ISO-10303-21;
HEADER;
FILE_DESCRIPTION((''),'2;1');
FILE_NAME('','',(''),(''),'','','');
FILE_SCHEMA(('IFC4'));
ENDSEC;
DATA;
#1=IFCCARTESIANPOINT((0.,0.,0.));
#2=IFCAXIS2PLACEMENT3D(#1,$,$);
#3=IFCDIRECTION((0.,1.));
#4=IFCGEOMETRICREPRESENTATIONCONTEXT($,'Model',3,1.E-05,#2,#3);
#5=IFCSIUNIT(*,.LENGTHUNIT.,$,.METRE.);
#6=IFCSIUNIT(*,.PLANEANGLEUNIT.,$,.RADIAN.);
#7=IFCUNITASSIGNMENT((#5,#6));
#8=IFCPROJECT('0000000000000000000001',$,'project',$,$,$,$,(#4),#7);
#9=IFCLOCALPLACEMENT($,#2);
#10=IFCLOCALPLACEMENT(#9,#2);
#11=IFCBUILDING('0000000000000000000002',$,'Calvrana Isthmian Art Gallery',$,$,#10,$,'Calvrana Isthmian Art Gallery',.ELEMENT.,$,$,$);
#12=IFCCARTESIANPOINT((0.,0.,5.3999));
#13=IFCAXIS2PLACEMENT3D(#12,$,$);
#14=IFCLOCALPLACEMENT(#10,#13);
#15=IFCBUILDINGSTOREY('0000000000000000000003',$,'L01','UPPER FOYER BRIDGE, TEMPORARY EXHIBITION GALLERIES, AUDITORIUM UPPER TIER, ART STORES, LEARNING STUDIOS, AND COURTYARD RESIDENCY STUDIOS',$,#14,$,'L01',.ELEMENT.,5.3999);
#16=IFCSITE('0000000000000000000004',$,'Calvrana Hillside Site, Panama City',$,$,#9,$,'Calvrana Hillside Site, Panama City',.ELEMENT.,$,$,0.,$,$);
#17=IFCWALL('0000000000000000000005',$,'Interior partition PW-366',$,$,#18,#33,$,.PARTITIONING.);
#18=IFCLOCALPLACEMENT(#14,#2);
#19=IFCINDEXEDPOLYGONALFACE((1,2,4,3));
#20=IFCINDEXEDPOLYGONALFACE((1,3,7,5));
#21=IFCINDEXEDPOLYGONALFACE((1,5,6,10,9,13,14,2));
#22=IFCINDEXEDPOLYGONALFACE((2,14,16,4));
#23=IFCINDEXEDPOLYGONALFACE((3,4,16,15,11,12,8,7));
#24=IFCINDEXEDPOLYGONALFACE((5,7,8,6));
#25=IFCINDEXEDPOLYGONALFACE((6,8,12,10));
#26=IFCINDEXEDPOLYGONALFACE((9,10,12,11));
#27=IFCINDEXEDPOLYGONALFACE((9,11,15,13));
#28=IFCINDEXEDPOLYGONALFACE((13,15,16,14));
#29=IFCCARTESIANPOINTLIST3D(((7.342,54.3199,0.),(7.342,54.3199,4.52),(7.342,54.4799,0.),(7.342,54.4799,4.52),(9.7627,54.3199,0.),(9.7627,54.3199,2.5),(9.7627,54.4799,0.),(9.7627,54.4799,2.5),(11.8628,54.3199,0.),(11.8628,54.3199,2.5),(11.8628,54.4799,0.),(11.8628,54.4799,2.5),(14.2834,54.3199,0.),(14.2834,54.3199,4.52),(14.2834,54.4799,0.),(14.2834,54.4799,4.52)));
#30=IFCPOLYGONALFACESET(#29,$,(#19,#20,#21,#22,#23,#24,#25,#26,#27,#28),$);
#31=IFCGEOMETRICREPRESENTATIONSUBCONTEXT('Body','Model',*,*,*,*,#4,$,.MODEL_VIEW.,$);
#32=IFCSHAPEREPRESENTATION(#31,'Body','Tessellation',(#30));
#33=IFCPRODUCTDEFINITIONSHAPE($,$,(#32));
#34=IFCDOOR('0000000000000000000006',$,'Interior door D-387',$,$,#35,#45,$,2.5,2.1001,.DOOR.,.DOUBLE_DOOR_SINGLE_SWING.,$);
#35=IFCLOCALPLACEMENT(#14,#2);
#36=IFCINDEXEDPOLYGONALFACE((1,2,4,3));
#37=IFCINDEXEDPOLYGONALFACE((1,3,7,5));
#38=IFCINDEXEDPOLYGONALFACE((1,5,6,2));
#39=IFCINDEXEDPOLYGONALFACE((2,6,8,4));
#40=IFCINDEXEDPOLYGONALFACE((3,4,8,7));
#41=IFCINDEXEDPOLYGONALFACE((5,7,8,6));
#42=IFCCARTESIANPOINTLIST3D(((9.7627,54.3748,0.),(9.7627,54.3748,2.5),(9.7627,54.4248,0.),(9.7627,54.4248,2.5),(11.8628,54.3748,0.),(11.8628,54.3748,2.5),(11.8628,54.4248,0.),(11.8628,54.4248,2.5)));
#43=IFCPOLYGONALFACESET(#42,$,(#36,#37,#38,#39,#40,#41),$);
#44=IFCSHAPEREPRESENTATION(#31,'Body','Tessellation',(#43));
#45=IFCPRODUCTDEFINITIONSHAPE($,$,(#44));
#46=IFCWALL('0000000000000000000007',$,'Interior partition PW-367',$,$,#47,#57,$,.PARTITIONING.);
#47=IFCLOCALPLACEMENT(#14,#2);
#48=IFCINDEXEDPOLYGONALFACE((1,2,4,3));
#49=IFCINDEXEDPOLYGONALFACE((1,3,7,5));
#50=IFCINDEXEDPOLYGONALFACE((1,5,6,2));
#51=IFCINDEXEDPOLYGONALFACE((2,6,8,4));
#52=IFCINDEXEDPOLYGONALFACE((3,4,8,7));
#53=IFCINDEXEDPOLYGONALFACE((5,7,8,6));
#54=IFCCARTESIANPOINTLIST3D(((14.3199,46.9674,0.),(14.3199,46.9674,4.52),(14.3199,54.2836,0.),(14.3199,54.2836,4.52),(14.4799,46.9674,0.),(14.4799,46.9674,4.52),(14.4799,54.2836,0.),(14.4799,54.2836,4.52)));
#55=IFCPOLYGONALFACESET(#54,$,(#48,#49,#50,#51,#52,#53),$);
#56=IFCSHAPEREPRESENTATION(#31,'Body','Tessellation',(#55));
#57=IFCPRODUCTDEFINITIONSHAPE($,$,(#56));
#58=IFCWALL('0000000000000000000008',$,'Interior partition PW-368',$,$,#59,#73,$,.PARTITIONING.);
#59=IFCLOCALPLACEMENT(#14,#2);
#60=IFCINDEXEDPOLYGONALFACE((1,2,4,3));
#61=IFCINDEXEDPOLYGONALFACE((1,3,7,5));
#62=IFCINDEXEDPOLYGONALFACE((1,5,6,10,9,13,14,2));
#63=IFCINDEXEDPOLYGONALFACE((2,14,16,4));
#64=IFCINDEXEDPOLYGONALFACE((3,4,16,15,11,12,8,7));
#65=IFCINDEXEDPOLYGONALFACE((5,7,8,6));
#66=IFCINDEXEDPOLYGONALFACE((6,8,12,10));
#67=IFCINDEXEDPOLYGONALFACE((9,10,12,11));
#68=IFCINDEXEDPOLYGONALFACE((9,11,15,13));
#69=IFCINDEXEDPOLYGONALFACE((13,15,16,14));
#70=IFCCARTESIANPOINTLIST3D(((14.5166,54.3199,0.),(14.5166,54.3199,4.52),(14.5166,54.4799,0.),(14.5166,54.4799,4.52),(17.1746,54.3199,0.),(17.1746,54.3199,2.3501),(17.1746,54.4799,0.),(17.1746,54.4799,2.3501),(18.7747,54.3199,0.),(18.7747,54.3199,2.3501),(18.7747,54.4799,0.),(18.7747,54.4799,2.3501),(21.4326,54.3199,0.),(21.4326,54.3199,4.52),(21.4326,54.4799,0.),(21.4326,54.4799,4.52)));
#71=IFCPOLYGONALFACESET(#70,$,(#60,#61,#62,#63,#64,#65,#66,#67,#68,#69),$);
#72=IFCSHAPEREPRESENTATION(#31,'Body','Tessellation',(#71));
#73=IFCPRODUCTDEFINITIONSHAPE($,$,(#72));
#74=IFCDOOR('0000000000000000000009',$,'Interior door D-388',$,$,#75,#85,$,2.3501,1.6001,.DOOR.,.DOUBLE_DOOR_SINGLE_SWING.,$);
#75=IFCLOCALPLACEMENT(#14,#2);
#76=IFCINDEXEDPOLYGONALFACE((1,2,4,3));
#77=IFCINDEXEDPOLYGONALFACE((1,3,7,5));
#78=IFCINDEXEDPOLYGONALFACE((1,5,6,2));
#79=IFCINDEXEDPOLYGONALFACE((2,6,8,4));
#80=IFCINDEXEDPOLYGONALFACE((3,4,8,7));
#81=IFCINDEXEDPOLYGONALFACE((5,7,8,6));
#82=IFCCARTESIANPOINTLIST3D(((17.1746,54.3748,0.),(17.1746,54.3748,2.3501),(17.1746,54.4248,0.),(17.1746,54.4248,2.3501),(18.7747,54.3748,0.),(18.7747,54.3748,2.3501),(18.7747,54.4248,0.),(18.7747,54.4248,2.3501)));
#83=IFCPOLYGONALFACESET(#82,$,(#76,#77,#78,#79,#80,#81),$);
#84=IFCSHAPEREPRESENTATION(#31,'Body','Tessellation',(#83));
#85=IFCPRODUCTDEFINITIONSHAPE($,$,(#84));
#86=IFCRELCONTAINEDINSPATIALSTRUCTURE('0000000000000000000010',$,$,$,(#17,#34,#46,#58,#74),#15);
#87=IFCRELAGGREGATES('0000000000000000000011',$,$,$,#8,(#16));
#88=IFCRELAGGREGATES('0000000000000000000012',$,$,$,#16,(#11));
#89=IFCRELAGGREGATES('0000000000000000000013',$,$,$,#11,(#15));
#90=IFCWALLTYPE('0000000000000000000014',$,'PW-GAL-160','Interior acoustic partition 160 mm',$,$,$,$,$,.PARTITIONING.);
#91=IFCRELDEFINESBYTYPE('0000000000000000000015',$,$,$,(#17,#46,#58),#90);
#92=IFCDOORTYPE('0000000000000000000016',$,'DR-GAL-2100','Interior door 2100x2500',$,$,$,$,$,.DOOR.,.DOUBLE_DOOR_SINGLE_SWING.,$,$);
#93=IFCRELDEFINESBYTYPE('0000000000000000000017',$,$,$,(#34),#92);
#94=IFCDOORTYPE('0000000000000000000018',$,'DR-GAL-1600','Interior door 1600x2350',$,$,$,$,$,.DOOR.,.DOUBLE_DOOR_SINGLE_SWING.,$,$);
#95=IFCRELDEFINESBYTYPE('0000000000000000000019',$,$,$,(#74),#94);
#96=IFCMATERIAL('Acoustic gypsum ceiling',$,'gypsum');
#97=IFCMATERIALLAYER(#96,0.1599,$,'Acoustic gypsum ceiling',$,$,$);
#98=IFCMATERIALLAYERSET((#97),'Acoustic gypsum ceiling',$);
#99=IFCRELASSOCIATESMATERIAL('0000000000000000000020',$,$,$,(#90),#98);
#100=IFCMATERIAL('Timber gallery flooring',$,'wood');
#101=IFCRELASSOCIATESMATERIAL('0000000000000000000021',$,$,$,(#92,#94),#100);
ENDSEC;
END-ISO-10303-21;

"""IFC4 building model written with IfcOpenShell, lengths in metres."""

from ifc_helpers import new_model, si_unit, direction, frame, frame_2d, origin, place, context, subcontext, project, spatial, rectangle, extrude, material, layer, layer_set, type_object, element, fill, save


model = new_model("IFC4")

# Units and contexts
model_context = context("Model", 3, precision=1e-05, world=origin(), true_north=direction((0.0, 1.0)))
body_context = subcontext(model_context, "Body", "Model", "MODEL_VIEW")
ifc_project = project(units=[si_unit("LENGTHUNIT", "METRE"), si_unit("PLANEANGLEUNIT", "RADIAN")], contexts=[model_context])

# Site, building, storey
site_placement = place(None, origin())
site = spatial("IfcSite", under=ifc_project, at=site_placement, Name="Calvrana Hillside Site, Panama City", LongName="Calvrana Hillside Site, Panama City", CompositionType="ELEMENT", RefElevation=0.0)
building_placement = place(site_placement, origin())
building = spatial("IfcBuilding", under=site, at=building_placement, Name="Calvrana Isthmian Art Gallery", LongName="Calvrana Isthmian Art Gallery", CompositionType="ELEMENT")
storey_placement = place(building_placement, frame((0.0, 0.0, 5.3999)))
storey = spatial("IfcBuildingStorey", under=building, at=storey_placement, Name="L01", Description="UPPER FOYER BRIDGE, TEMPORARY EXHIBITION GALLERIES, AUDITORIUM UPPER TIER, ART STORES, LEARNING STUDIOS, AND COURTYARD RESIDENCY STUDIOS", LongName="L01", CompositionType="ELEMENT", Elevation=5.3999)

# Wall, opening, door
ifc_material_1 = material(Name="Acoustic gypsum ceiling", Category="gypsum")
ifc_layer_1 = layer(ifc_material_1, 0.1599, Name="Acoustic gypsum ceiling")
ifc_layer_set_1 = layer_set([ifc_layer_1], Name="Acoustic gypsum ceiling")
wall_type_1 = type_object("IfcWallType", Name="PW-GAL-160", Description="Interior acoustic partition 160 mm", PredefinedType="PARTITIONING", material=ifc_layer_set_1)
ifc_material_2 = material(Name="Timber gallery flooring", Category="wood")
wall_1_placement = place(storey_placement, frame((7.342, 54.3999, 0.0), z_axis=(0.0, 0.0, 1.0), x_axis=(1.0, 0.0, 0.0)))
wall_1 = element("IfcWall", 1, at=wall_1_placement, inside=storey, type_object=wall_type_1, Name="Interior partition PW-366", PredefinedType="PARTITIONING", context=body_context, shape_type="SweptSolid", body=[
    extrude(rectangle(XDim=6.9414, YDim=0.1599, at=frame_2d((3.4707, 0.0))), origin(), (0.0, 0.0, 1.0), 4.52),
])
opening_1_placement = place(wall_1_placement, frame((2.4207, 0.0, 0.0)))
opening_1 = element("IfcOpeningElement", 2, at=opening_1_placement, cuts=wall_1, PredefinedType="OPENING", context=body_context, shape_type="SweptSolid", body=[
    extrude(rectangle(XDim=2.1001, YDim=2.5, at=frame_2d((1.05, 1.25))), frame((0.0, 0.0903, 0.0), z_axis=(0.0, -1.0, 0.0), x_axis=(1.0, 0.0, 0.0)), (0.0, 0.0, 1.0), 0.1804),
])
door_type_1 = type_object("IfcDoorType", Name="DR-GAL-2100", Description="Interior door 2100x2500", OperationType="DOUBLE_DOOR_SINGLE_SWING", PredefinedType="DOOR", material=ifc_material_2)
door_1_placement = place(opening_1_placement, origin())
door_1 = element("IfcDoor", 3, at=door_1_placement, inside=storey, type_object=door_type_1, Name="Interior door D-387", OperationType="DOUBLE_DOOR_SINGLE_SWING", OverallHeight=2.5, OverallWidth=2.1001, PredefinedType="DOOR", context=body_context, shape_type="SweptSolid", body=[
    extrude(rectangle(XDim=2.1001, YDim=2.5, at=frame_2d((1.05, 1.25))), frame((0.0, 0.0249, 0.0), z_axis=(0.0, -1.0, 0.0), x_axis=(1.0, 0.0, 0.0)), (0.0, 0.0, 1.0), 0.05),
])
fill(opening_1, door_1)

# Wall
wall_2_placement = place(storey_placement, frame((14.3999, 46.9673, 0.0), z_axis=(0.0, 0.0, 1.0), x_axis=(0.0, 1.0, 0.0)))
element("IfcWall", 4, at=wall_2_placement, inside=storey, type_object=wall_type_1, Name="Interior partition PW-367", PredefinedType="PARTITIONING", context=body_context, shape_type="SweptSolid", body=[
    extrude(rectangle(XDim=7.3162, YDim=0.1599, at=frame_2d((3.6582, 0.0))), origin(), (0.0, 0.0, 1.0), 4.52),
])

# Wall, opening, door
wall_3_placement = place(storey_placement, frame((14.5166, 54.3999, 0.0), z_axis=(0.0, 0.0, 1.0), x_axis=(1.0, 0.0, 0.0)))
wall_3 = element("IfcWall", 5, at=wall_3_placement, inside=storey, type_object=wall_type_1, Name="Interior partition PW-368", PredefinedType="PARTITIONING", context=body_context, shape_type="SweptSolid", body=[
    extrude(rectangle(XDim=6.916, YDim=0.1599, at=frame_2d((3.458, 0.0))), origin(), (0.0, 0.0, 1.0), 4.52),
])
opening_2_placement = place(wall_3_placement, frame((2.658, 0.0, 0.0)))
opening_2 = element("IfcOpeningElement", 6, at=opening_2_placement, cuts=wall_3, PredefinedType="OPENING", context=body_context, shape_type="SweptSolid", body=[
    extrude(rectangle(XDim=1.6001, YDim=2.3501, at=frame_2d((0.8, 1.175))), frame((0.0, 0.0903, 0.0), z_axis=(0.0, -1.0, 0.0), x_axis=(1.0, 0.0, 0.0)), (0.0, 0.0, 1.0), 0.1804),
])
door_type_2 = type_object("IfcDoorType", Name="DR-GAL-1600", Description="Interior door 1600x2350", OperationType="DOUBLE_DOOR_SINGLE_SWING", PredefinedType="DOOR", material=ifc_material_2)
door_2_placement = place(opening_2_placement, origin())
door_2 = element("IfcDoor", 7, at=door_2_placement, inside=storey, type_object=door_type_2, Name="Interior door D-388", OperationType="DOUBLE_DOOR_SINGLE_SWING", OverallHeight=2.3501, OverallWidth=1.6001, PredefinedType="DOOR", context=body_context, shape_type="SweptSolid", body=[
    extrude(rectangle(XDim=1.6001, YDim=2.3501, at=frame_2d((0.8, 1.175))), frame((0.0, 0.0249, 0.0), z_axis=(0.0, -1.0, 0.0), x_axis=(1.0, 0.0, 0.0)), (0.0, 0.0, 1.0), 0.05),
])
fill(opening_2, door_2)

save(model, "model.ifc")
